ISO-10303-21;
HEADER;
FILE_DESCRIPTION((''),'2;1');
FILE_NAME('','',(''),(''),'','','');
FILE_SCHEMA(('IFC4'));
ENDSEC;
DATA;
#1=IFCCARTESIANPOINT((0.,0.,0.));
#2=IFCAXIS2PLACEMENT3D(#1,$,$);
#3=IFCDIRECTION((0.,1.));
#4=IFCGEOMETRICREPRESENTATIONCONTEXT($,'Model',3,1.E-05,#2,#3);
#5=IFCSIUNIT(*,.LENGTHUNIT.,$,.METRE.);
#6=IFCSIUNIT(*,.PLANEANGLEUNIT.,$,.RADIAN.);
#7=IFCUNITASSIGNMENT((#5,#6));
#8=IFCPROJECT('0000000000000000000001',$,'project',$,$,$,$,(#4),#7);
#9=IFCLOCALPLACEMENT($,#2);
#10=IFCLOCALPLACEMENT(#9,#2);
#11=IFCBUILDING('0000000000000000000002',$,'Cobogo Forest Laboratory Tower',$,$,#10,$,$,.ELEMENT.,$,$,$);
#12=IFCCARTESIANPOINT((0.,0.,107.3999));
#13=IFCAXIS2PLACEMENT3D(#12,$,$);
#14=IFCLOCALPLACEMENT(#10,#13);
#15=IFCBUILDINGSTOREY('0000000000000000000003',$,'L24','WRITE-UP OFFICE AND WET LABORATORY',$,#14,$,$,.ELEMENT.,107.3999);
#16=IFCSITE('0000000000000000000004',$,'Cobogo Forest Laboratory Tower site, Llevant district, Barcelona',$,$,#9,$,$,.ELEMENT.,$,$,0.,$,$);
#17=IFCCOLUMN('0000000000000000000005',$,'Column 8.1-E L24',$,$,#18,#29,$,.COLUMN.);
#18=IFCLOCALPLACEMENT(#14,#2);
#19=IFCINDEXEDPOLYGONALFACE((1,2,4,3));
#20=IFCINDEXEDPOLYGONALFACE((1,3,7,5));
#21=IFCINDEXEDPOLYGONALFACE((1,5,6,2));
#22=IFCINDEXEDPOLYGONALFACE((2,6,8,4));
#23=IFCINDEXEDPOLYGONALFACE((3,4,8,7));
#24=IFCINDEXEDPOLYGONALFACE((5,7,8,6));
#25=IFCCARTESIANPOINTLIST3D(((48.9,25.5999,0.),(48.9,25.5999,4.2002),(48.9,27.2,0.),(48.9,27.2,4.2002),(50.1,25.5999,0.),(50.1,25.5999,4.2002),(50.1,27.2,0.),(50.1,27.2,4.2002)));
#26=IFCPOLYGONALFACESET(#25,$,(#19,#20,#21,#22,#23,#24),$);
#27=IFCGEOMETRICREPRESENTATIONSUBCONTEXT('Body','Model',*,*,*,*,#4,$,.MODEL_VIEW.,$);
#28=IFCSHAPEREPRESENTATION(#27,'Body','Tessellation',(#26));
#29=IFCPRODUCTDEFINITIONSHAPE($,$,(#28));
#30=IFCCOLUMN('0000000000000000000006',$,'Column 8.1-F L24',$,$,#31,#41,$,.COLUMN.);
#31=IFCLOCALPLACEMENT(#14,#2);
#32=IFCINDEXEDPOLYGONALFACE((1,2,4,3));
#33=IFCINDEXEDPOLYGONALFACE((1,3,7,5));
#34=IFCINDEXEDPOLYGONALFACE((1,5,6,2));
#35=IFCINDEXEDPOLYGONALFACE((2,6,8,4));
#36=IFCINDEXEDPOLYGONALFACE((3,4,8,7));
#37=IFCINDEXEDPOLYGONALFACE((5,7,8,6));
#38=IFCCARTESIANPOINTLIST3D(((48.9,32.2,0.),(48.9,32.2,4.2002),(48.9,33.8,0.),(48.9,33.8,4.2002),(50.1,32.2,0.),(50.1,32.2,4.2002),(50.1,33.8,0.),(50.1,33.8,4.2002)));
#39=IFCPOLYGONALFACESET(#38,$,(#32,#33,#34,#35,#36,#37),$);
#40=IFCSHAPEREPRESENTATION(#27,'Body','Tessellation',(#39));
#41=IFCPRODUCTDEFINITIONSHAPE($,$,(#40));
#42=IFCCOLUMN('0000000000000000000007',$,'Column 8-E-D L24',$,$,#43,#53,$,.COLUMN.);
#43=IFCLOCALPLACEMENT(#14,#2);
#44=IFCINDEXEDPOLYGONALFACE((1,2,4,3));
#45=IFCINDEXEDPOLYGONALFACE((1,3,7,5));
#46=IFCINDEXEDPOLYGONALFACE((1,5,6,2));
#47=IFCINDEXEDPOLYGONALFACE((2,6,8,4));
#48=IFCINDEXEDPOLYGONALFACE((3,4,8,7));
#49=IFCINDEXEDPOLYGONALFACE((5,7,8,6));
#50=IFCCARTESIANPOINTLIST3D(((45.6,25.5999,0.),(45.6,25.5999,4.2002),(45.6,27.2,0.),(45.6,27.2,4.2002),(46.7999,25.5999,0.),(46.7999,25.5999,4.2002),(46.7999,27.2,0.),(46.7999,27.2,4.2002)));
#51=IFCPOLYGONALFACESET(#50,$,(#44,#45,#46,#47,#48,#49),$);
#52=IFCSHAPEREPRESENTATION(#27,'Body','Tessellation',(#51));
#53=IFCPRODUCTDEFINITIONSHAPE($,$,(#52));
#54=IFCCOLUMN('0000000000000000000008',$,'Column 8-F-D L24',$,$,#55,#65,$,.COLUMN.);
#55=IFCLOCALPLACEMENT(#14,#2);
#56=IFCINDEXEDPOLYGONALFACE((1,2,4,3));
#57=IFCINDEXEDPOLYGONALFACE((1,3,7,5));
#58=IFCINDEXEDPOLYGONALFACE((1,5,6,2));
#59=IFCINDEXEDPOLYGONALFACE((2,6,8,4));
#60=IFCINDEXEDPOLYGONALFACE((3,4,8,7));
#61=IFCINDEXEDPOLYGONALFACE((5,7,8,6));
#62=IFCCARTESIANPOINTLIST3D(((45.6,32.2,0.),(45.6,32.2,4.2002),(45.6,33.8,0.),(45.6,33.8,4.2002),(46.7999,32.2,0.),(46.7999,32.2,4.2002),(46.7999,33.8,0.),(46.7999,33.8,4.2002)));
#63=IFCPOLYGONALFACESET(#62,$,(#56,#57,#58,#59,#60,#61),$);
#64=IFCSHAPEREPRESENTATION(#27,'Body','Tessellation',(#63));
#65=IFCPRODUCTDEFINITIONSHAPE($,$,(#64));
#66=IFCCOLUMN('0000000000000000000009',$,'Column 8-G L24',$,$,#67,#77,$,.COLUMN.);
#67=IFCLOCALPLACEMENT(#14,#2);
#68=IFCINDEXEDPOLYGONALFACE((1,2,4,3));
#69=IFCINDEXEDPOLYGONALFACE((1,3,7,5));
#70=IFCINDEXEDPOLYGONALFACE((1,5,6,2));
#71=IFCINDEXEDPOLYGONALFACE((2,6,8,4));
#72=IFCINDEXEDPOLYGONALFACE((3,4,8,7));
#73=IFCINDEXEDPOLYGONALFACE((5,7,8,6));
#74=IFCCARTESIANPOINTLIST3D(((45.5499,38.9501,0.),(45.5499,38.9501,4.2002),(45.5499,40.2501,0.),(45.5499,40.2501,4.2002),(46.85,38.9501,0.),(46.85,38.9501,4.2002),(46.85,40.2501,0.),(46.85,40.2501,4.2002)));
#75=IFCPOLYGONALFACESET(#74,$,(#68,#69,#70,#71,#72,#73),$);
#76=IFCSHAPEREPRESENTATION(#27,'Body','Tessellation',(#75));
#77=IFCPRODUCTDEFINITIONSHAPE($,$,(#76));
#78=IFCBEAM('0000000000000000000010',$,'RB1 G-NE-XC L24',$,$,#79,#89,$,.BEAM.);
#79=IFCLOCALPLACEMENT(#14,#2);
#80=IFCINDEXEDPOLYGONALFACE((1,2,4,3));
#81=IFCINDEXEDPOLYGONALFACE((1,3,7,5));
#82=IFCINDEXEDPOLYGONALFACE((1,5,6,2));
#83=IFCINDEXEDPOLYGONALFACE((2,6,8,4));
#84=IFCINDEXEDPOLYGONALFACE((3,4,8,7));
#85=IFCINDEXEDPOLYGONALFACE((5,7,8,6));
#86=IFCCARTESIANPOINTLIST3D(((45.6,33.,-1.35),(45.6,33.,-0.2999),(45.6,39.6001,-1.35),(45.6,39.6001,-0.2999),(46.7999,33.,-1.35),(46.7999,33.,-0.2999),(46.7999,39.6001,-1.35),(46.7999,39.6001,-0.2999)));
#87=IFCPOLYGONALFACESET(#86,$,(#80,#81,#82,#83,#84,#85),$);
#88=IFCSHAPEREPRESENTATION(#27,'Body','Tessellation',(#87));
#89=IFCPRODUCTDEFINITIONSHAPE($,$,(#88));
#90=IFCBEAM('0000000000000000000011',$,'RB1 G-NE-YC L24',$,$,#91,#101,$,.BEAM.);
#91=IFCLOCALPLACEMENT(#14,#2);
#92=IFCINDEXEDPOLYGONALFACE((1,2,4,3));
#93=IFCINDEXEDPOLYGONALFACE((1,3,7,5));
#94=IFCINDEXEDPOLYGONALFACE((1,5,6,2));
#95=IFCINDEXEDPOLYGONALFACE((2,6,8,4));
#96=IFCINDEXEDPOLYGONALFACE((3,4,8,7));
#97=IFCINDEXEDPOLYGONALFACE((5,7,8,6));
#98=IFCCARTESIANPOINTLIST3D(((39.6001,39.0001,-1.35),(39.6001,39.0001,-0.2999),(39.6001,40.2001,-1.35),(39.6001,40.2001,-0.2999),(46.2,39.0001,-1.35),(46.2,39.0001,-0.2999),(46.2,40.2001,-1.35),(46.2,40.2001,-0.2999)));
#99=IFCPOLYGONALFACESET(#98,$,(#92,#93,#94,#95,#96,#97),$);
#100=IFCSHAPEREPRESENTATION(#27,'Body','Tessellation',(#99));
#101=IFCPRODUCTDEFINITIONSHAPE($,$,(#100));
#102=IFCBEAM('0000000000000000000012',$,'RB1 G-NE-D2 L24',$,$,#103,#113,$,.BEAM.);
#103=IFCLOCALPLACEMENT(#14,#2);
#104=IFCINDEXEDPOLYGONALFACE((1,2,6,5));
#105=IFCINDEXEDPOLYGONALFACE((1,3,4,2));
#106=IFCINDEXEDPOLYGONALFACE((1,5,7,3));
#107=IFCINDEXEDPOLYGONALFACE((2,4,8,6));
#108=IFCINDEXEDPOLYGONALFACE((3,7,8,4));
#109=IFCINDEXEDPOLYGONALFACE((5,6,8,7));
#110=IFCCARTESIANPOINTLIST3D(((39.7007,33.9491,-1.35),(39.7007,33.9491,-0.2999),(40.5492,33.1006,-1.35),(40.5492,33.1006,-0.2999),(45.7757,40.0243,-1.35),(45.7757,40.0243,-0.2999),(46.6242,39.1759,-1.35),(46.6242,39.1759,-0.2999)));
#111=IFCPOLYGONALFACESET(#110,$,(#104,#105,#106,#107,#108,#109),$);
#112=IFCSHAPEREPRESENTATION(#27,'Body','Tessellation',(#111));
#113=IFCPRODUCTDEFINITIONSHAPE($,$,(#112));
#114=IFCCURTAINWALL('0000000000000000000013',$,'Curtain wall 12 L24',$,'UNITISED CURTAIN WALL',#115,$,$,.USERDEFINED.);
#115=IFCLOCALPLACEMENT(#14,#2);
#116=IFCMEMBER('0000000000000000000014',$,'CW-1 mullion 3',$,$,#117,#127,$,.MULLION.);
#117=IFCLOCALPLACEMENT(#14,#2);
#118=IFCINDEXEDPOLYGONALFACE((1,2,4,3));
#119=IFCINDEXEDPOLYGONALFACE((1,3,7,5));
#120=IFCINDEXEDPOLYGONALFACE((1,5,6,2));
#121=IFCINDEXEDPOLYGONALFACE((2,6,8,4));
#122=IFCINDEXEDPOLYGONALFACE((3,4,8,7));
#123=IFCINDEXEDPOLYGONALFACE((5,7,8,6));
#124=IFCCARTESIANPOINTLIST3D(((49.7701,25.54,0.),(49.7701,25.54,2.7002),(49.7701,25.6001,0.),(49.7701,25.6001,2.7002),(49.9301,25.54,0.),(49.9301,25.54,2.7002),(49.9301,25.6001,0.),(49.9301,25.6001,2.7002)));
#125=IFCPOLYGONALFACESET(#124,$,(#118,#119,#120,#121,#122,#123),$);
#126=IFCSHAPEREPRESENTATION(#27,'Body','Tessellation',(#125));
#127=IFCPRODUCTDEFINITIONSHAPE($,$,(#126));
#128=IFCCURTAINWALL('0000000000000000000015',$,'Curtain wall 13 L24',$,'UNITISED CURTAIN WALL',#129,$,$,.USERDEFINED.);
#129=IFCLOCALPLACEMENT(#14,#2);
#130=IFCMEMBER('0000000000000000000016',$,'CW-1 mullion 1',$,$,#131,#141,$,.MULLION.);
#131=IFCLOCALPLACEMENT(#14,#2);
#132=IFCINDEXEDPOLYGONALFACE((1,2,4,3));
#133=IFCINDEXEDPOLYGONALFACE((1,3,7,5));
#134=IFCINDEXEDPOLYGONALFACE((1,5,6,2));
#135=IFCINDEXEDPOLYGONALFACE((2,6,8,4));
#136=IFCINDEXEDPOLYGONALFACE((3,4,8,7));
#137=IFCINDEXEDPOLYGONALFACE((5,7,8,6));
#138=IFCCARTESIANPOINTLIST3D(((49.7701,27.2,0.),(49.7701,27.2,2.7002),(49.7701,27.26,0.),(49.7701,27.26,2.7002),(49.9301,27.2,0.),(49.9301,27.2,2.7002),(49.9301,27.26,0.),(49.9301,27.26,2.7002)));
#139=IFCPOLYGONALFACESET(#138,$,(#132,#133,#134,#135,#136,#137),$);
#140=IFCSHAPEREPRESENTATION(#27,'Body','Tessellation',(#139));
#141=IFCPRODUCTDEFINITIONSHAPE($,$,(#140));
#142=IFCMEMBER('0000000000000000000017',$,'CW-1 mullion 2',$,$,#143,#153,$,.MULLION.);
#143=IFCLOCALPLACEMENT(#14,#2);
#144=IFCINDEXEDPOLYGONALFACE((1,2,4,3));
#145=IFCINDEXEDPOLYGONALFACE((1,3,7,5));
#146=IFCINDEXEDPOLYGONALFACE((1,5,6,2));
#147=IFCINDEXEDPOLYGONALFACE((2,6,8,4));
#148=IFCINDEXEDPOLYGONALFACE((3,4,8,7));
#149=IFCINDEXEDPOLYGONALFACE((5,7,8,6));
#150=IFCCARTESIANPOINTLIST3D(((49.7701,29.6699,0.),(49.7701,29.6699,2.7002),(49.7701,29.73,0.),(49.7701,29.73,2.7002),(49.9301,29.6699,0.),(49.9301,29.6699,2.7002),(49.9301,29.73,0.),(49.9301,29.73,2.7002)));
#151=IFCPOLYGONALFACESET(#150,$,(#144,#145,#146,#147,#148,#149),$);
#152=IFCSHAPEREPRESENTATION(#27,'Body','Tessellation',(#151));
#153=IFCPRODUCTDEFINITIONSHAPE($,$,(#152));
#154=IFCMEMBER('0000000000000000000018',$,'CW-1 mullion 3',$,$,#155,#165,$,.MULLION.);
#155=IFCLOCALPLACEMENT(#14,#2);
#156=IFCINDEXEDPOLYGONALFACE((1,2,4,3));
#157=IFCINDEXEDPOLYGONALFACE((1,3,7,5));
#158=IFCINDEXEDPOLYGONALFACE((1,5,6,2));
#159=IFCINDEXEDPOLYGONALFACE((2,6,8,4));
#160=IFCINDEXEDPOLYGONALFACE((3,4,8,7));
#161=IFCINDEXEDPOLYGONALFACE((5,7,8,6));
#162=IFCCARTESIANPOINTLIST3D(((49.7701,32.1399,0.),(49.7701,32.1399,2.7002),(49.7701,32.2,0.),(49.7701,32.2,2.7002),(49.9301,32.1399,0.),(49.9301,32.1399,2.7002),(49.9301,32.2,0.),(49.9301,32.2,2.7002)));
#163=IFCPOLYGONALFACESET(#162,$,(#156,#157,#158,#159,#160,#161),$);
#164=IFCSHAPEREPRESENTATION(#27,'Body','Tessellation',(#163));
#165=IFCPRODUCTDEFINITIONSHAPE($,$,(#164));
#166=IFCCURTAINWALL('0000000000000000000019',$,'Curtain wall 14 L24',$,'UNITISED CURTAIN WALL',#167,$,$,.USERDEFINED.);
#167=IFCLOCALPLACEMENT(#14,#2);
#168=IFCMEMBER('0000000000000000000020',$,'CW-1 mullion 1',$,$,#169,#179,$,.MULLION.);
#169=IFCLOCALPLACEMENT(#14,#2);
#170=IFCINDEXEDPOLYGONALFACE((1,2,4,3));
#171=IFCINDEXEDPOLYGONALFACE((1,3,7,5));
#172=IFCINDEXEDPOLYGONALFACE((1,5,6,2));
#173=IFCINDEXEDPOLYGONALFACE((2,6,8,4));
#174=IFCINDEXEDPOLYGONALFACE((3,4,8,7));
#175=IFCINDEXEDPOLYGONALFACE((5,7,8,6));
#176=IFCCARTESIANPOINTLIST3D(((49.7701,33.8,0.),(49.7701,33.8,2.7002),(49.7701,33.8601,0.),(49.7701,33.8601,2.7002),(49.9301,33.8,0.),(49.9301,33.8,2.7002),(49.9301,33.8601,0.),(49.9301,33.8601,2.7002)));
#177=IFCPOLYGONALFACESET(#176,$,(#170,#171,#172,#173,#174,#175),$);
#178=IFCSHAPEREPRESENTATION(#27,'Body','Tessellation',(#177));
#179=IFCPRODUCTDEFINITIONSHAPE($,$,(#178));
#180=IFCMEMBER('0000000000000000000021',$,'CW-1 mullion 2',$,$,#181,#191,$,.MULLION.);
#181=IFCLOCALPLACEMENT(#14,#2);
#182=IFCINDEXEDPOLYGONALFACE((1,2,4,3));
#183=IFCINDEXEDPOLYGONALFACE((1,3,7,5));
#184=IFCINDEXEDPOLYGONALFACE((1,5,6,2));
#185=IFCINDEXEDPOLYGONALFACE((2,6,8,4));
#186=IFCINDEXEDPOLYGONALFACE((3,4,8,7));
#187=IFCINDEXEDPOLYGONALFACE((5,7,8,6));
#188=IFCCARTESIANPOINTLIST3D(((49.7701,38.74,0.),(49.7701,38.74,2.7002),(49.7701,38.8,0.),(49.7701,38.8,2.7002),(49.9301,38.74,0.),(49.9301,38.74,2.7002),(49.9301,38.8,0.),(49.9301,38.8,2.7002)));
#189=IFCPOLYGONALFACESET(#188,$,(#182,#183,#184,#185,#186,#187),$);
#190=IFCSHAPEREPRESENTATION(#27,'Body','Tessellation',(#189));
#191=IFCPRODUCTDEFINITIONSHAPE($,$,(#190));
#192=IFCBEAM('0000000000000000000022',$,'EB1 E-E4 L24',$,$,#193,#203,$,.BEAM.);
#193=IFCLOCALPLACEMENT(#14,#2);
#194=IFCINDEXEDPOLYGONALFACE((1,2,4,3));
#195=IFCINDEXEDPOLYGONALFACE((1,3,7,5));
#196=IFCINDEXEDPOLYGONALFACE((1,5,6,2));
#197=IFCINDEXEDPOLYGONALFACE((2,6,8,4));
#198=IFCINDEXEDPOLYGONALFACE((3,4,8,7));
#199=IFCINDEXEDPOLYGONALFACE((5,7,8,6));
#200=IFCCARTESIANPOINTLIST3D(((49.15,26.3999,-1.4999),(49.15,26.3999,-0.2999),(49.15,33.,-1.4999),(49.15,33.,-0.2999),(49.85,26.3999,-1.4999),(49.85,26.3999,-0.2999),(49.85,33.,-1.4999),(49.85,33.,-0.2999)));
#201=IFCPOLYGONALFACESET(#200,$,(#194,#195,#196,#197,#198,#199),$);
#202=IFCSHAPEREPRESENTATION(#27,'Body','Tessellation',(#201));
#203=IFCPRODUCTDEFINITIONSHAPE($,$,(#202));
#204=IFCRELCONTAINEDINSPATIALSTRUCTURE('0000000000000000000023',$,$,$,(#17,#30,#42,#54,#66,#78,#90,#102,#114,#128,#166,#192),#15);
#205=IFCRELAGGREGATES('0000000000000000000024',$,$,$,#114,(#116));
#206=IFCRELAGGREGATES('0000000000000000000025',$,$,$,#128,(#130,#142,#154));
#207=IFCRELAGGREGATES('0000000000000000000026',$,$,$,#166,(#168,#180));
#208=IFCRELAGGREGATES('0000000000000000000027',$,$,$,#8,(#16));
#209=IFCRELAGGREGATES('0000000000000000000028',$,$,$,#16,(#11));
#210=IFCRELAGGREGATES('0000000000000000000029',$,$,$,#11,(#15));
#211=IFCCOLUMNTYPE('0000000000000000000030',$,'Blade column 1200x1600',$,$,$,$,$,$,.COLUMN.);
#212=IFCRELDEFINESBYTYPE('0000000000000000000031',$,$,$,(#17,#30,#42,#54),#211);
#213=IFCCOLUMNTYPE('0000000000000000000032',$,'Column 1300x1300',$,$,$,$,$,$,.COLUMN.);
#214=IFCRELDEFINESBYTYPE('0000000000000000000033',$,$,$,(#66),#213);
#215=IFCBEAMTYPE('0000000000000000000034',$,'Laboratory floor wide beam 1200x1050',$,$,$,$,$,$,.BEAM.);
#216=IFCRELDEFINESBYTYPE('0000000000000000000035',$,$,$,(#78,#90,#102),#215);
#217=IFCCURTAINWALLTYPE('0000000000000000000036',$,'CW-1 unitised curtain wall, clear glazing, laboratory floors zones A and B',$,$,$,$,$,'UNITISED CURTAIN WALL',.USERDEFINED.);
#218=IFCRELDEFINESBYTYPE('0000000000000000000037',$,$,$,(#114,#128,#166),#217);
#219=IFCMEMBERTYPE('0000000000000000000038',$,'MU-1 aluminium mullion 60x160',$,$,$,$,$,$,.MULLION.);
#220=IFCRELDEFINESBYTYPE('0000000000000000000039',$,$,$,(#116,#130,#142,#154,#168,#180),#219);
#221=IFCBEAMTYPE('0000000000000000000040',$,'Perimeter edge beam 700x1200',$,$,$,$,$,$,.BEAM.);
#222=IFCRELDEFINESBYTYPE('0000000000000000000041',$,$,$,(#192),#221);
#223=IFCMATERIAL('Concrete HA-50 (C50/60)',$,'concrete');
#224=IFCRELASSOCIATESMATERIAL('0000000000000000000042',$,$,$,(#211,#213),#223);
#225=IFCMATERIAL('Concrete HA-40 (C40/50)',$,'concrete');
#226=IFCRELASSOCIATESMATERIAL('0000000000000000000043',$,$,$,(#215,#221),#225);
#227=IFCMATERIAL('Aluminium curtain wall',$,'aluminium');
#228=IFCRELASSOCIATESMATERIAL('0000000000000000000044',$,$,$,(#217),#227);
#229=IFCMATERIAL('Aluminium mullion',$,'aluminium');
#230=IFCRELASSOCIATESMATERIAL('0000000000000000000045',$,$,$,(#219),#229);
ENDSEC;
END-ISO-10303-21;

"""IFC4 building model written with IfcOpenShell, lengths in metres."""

from ifc_helpers import new_model, si_unit, direction, frame, origin, origin_2d, place, context, subcontext, project, spatial, rectangle, extrude, material, material_profile, profile_set, type_object, element, aggregate, save


model = new_model("IFC4")

# Units and contexts
model_context = context("Model", 3, precision=1e-05, world=origin(), true_north=direction((0.0, 1.0)))
body_context = subcontext(model_context, "Body", "Model", "MODEL_VIEW")
ifc_project = project(units=[si_unit("LENGTHUNIT", "METRE"), si_unit("PLANEANGLEUNIT", "RADIAN")], contexts=[model_context])

# Site, building, storey
site_placement = place(None, origin())
site = spatial("IfcSite", under=ifc_project, at=site_placement, Name="Cobogo Forest Laboratory Tower site, Llevant district, Barcelona", CompositionType="ELEMENT", RefElevation=0.0)
building_placement = place(site_placement, origin())
building = spatial("IfcBuilding", under=site, at=building_placement, Name="Cobogo Forest Laboratory Tower", CompositionType="ELEMENT")
storey_placement = place(building_placement, frame((0.0, 0.0, 107.3999)))
storey = spatial("IfcBuildingStorey", under=building, at=storey_placement, Name="L24", Description="WRITE-UP OFFICE AND WET LABORATORY", CompositionType="ELEMENT", Elevation=107.3999)

# Columns
ifc_material_1 = material(Name="Concrete HA-50 (C50/60)", Category="concrete")
ifc_material_profile_1 = material_profile(ifc_material_1, rectangle(XDim=1.6001, YDim=1.2, at=origin_2d()), Name="RC 1200x1600")
ifc_profile_set_1 = profile_set([ifc_material_profile_1], Name="Concrete HA-50 (C50/60)")
column_type_1 = type_object("IfcColumnType", Name="Blade column 1200x1600", PredefinedType="COLUMN", material=ifc_profile_set_1)
for number, where, z_axis, x_axis, name in (
    (1, (49.5, 26.3999, 0.0), (0.0, 0.0, 1.0), (0.0, 1.0, 0.0), "Column 8.1-E L24"),
    (2, (49.5, 33.0, 0.0), (0.0, 0.0, 1.0), (0.0, 1.0, 0.0), "Column 8.1-F L24"),
    (3, (46.2, 26.3999, 0.0), (0.0, 0.0, 1.0), (0.0, 1.0, 0.0), "Column 8-E-D L24"),
    (4, (46.2, 33.0, 0.0), (0.0, 0.0, 1.0), (0.0, 1.0, 0.0), "Column 8-F-D L24"),
):
    element("IfcColumn", number, at=place(storey_placement, frame(where, z_axis=z_axis, x_axis=x_axis)), inside=storey, type_object=column_type_1, Name=name, PredefinedType="COLUMN", context=body_context, shape_type="SweptSolid", body=[
        extrude(rectangle(XDim=1.6001, YDim=1.2, at=origin_2d()), origin(), (0.0, 0.0, 1.0), 4.2002),
    ])
ifc_material_profile_2 = material_profile(ifc_material_1, rectangle(XDim=1.3, YDim=1.3, at=origin_2d()), Name="RC 1300x1300")
ifc_profile_set_2 = profile_set([ifc_material_profile_2], Name="Concrete HA-50 (C50/60)")
column_type_2 = type_object("IfcColumnType", Name="Column 1300x1300", PredefinedType="COLUMN", material=ifc_profile_set_2)
column_placement = place(storey_placement, frame((46.2, 39.6001, 0.0), z_axis=(0.0, 0.0, 1.0), x_axis=(1.0, 0.0, 0.0)))
element("IfcColumn", 5, at=column_placement, inside=storey, type_object=column_type_2, Name="Column 8-G L24", PredefinedType="COLUMN", context=body_context, shape_type="SweptSolid", body=[
    extrude(rectangle(XDim=1.3, YDim=1.3, at=origin_2d()), origin(), (0.0, 0.0, 1.0), 4.2002),
])

# Beams
ifc_material_2 = material(Name="Concrete HA-40 (C40/50)", Category="concrete")
ifc_material_profile_3 = material_profile(ifc_material_2, rectangle(XDim=1.2, YDim=1.05, at=origin_2d()), Name="RC 1200x1050")
ifc_profile_set_3 = profile_set([ifc_material_profile_3], Name="Concrete HA-40 (C40/50)")
beam_type_1 = type_object("IfcBeamType", Name="Laboratory floor wide beam 1200x1050", PredefinedType="BEAM", material=ifc_profile_set_3)
beam_1_placement = place(storey_placement, frame((46.2, 39.6001, -0.825), z_axis=(0.0, -1.0, 0.0), x_axis=(1.0, 0.0, 0.0)))
element("IfcBeam", 6, at=beam_1_placement, inside=storey, type_object=beam_type_1, Name="RB1 G-NE-XC L24", PredefinedType="BEAM", context=body_context, shape_type="SweptSolid", body=[
    extrude(rectangle(XDim=1.2, YDim=1.05, at=origin_2d()), origin(), (0.0, 0.0, 1.0), 6.6001),
])
beam_2_placement = place(storey_placement, frame((46.2, 39.6001, -0.825), z_axis=(-1.0, 0.0, 0.0), x_axis=(0.0, -1.0, 0.0)))
element("IfcBeam", 7, at=beam_2_placement, inside=storey, type_object=beam_type_1, Name="RB1 G-NE-YC L24", PredefinedType="BEAM", context=body_context, shape_type="SweptSolid", body=[
    extrude(rectangle(XDim=1.2, YDim=1.05, at=origin_2d()), origin(), (0.0, 0.0, 1.0), 6.5999),
])
beam_3_placement = place(storey_placement, frame((46.2, 39.6001, -0.825), z_axis=(-0.707093, -0.707121, 0.0), x_axis=(0.707121, -0.707093, 0.0)))
element("IfcBeam", 8, at=beam_3_placement, inside=storey, type_object=beam_type_1, Name="RB1 G-NE-D2 L24", PredefinedType="BEAM", context=body_context, shape_type="SweptSolid", body=[
    extrude(rectangle(XDim=1.2, YDim=1.05, at=origin_2d()), origin(), (0.0, 0.0, 1.0), 8.5916),
])

# Curtain wall, member
ifc_material_3 = material(Name="Aluminium curtain wall", Category="aluminium")
curtain_wall_type = type_object("IfcCurtainWallType", Name="CW-1 unitised curtain wall, clear glazing, laboratory floors zones A and B", ElementType="UNITISED CURTAIN WALL", PredefinedType="USERDEFINED", material=ifc_material_3)
curtain_wall_1_placement = place(storey_placement, origin())
curtain_wall_1 = element("IfcCurtainWall", 9, at=curtain_wall_1_placement, inside=storey, type_object=curtain_wall_type, Name="Curtain wall 12 L24", ObjectType="UNITISED CURTAIN WALL", PredefinedType="USERDEFINED")
ifc_material_4 = material(Name="Aluminium mullion", Category="aluminium")
ifc_material_profile_4 = material_profile(ifc_material_4, rectangle(XDim=0.0601, YDim=0.1599, at=origin_2d()), Name="AL 60x160")
ifc_profile_set_4 = profile_set([ifc_material_profile_4], Name="Aluminium mullion")
member_type_1 = type_object("IfcMemberType", Name="MU-1 aluminium mullion 60x160", PredefinedType="MULLION", material=ifc_profile_set_4)
member_1_placement = place(storey_placement, frame((49.8501, 25.5701, 0.0), z_axis=(0.0, 0.0, 1.0), x_axis=(0.0, 1.0, 0.0)))
member_1 = element("IfcMember", 10, at=member_1_placement, type_object=member_type_1, Name="CW-1 mullion 3", PredefinedType="MULLION", context=body_context, shape_type="SweptSolid", body=[
    extrude(rectangle(XDim=0.0601, YDim=0.1599, at=origin_2d()), origin(), (0.0, 0.0, 1.0), 2.7002),
])

# Curtain walls, members
curtain_wall_2_placement = place(storey_placement, origin())
curtain_wall_2 = element("IfcCurtainWall", 11, at=curtain_wall_2_placement, inside=storey, type_object=curtain_wall_type, Name="Curtain wall 13 L24", ObjectType="UNITISED CURTAIN WALL", PredefinedType="USERDEFINED")
member_2_placement = place(storey_placement, frame((49.8501, 27.23, 0.0), z_axis=(0.0, 0.0, 1.0), x_axis=(0.0, 1.0, 0.0)))
member_2 = element("IfcMember", 12, at=member_2_placement, type_object=member_type_1, Name="CW-1 mullion 1", PredefinedType="MULLION", context=body_context, shape_type="SweptSolid", body=[
    extrude(rectangle(XDim=0.0601, YDim=0.1599, at=origin_2d()), origin(), (0.0, 0.0, 1.0), 2.7002),
])
member_3_placement = place(storey_placement, frame((49.8501, 29.7, 0.0), z_axis=(0.0, 0.0, 1.0), x_axis=(0.0, 1.0, 0.0)))
member_3 = element("IfcMember", 13, at=member_3_placement, type_object=member_type_1, Name="CW-1 mullion 2", PredefinedType="MULLION", context=body_context, shape_type="SweptSolid", body=[
    extrude(rectangle(XDim=0.0601, YDim=0.1599, at=origin_2d()), origin(), (0.0, 0.0, 1.0), 2.7002),
])
member_4_placement = place(storey_placement, frame((49.8501, 32.1699, 0.0), z_axis=(0.0, 0.0, 1.0), x_axis=(0.0, 1.0, 0.0)))
member_4 = element("IfcMember", 14, at=member_4_placement, type_object=member_type_1, Name="CW-1 mullion 3", PredefinedType="MULLION", context=body_context, shape_type="SweptSolid", body=[
    extrude(rectangle(XDim=0.0601, YDim=0.1599, at=origin_2d()), origin(), (0.0, 0.0, 1.0), 2.7002),
])
curtain_wall_3_placement = place(storey_placement, origin())
curtain_wall_3 = element("IfcCurtainWall", 15, at=curtain_wall_3_placement, inside=storey, type_object=curtain_wall_type, Name="Curtain wall 14 L24", ObjectType="UNITISED CURTAIN WALL", PredefinedType="USERDEFINED")
member_5_placement = place(storey_placement, frame((49.8501, 33.8301, 0.0), z_axis=(0.0, 0.0, 1.0), x_axis=(0.0, 1.0, 0.0)))
member_5 = element("IfcMember", 16, at=member_5_placement, type_object=member_type_1, Name="CW-1 mullion 1", PredefinedType="MULLION", context=body_context, shape_type="SweptSolid", body=[
    extrude(rectangle(XDim=0.0601, YDim=0.1599, at=origin_2d()), origin(), (0.0, 0.0, 1.0), 2.7002),
])
member_6_placement = place(storey_placement, frame((49.8501, 38.77, 0.0), z_axis=(0.0, 0.0, 1.0), x_axis=(0.0, 1.0, 0.0)))
member_6 = element("IfcMember", 17, at=member_6_placement, type_object=member_type_1, Name="CW-1 mullion 2", PredefinedType="MULLION", context=body_context, shape_type="SweptSolid", body=[
    extrude(rectangle(XDim=0.0601, YDim=0.1599, at=origin_2d()), origin(), (0.0, 0.0, 1.0), 2.7002),
])

# Beam
ifc_material_profile_5 = material_profile(ifc_material_2, rectangle(XDim=0.7, YDim=1.2, at=origin_2d()), Name="RC 700x1200")
ifc_profile_set_5 = profile_set([ifc_material_profile_5], Name="Concrete HA-40 (C40/50)")
beam_type_2 = type_object("IfcBeamType", Name="Perimeter edge beam 700x1200", PredefinedType="BEAM", material=ifc_profile_set_5)
for number, where, z_axis, x_axis, name in (
    (18, (49.5, 26.3999, -0.8999), (0.0, 1.0, 0.0), (-1.0, 0.0, 0.0), "EB1 E-E4 L24"),
):
    element("IfcBeam", number, at=place(storey_placement, frame(where, z_axis=z_axis, x_axis=x_axis)), inside=storey, type_object=beam_type_2, Name=name, PredefinedType="BEAM", context=body_context, shape_type="SweptSolid", body=[
        extrude(rectangle(XDim=0.7, YDim=1.2, at=origin_2d()), origin(), (0.0, 0.0, 1.0), 6.6001),
    ])

aggregate(curtain_wall_1, [member_1])
aggregate(curtain_wall_2, [member_2, member_3, member_4])
aggregate(curtain_wall_3, [member_5, member_6])

save(model, "model.ifc")
